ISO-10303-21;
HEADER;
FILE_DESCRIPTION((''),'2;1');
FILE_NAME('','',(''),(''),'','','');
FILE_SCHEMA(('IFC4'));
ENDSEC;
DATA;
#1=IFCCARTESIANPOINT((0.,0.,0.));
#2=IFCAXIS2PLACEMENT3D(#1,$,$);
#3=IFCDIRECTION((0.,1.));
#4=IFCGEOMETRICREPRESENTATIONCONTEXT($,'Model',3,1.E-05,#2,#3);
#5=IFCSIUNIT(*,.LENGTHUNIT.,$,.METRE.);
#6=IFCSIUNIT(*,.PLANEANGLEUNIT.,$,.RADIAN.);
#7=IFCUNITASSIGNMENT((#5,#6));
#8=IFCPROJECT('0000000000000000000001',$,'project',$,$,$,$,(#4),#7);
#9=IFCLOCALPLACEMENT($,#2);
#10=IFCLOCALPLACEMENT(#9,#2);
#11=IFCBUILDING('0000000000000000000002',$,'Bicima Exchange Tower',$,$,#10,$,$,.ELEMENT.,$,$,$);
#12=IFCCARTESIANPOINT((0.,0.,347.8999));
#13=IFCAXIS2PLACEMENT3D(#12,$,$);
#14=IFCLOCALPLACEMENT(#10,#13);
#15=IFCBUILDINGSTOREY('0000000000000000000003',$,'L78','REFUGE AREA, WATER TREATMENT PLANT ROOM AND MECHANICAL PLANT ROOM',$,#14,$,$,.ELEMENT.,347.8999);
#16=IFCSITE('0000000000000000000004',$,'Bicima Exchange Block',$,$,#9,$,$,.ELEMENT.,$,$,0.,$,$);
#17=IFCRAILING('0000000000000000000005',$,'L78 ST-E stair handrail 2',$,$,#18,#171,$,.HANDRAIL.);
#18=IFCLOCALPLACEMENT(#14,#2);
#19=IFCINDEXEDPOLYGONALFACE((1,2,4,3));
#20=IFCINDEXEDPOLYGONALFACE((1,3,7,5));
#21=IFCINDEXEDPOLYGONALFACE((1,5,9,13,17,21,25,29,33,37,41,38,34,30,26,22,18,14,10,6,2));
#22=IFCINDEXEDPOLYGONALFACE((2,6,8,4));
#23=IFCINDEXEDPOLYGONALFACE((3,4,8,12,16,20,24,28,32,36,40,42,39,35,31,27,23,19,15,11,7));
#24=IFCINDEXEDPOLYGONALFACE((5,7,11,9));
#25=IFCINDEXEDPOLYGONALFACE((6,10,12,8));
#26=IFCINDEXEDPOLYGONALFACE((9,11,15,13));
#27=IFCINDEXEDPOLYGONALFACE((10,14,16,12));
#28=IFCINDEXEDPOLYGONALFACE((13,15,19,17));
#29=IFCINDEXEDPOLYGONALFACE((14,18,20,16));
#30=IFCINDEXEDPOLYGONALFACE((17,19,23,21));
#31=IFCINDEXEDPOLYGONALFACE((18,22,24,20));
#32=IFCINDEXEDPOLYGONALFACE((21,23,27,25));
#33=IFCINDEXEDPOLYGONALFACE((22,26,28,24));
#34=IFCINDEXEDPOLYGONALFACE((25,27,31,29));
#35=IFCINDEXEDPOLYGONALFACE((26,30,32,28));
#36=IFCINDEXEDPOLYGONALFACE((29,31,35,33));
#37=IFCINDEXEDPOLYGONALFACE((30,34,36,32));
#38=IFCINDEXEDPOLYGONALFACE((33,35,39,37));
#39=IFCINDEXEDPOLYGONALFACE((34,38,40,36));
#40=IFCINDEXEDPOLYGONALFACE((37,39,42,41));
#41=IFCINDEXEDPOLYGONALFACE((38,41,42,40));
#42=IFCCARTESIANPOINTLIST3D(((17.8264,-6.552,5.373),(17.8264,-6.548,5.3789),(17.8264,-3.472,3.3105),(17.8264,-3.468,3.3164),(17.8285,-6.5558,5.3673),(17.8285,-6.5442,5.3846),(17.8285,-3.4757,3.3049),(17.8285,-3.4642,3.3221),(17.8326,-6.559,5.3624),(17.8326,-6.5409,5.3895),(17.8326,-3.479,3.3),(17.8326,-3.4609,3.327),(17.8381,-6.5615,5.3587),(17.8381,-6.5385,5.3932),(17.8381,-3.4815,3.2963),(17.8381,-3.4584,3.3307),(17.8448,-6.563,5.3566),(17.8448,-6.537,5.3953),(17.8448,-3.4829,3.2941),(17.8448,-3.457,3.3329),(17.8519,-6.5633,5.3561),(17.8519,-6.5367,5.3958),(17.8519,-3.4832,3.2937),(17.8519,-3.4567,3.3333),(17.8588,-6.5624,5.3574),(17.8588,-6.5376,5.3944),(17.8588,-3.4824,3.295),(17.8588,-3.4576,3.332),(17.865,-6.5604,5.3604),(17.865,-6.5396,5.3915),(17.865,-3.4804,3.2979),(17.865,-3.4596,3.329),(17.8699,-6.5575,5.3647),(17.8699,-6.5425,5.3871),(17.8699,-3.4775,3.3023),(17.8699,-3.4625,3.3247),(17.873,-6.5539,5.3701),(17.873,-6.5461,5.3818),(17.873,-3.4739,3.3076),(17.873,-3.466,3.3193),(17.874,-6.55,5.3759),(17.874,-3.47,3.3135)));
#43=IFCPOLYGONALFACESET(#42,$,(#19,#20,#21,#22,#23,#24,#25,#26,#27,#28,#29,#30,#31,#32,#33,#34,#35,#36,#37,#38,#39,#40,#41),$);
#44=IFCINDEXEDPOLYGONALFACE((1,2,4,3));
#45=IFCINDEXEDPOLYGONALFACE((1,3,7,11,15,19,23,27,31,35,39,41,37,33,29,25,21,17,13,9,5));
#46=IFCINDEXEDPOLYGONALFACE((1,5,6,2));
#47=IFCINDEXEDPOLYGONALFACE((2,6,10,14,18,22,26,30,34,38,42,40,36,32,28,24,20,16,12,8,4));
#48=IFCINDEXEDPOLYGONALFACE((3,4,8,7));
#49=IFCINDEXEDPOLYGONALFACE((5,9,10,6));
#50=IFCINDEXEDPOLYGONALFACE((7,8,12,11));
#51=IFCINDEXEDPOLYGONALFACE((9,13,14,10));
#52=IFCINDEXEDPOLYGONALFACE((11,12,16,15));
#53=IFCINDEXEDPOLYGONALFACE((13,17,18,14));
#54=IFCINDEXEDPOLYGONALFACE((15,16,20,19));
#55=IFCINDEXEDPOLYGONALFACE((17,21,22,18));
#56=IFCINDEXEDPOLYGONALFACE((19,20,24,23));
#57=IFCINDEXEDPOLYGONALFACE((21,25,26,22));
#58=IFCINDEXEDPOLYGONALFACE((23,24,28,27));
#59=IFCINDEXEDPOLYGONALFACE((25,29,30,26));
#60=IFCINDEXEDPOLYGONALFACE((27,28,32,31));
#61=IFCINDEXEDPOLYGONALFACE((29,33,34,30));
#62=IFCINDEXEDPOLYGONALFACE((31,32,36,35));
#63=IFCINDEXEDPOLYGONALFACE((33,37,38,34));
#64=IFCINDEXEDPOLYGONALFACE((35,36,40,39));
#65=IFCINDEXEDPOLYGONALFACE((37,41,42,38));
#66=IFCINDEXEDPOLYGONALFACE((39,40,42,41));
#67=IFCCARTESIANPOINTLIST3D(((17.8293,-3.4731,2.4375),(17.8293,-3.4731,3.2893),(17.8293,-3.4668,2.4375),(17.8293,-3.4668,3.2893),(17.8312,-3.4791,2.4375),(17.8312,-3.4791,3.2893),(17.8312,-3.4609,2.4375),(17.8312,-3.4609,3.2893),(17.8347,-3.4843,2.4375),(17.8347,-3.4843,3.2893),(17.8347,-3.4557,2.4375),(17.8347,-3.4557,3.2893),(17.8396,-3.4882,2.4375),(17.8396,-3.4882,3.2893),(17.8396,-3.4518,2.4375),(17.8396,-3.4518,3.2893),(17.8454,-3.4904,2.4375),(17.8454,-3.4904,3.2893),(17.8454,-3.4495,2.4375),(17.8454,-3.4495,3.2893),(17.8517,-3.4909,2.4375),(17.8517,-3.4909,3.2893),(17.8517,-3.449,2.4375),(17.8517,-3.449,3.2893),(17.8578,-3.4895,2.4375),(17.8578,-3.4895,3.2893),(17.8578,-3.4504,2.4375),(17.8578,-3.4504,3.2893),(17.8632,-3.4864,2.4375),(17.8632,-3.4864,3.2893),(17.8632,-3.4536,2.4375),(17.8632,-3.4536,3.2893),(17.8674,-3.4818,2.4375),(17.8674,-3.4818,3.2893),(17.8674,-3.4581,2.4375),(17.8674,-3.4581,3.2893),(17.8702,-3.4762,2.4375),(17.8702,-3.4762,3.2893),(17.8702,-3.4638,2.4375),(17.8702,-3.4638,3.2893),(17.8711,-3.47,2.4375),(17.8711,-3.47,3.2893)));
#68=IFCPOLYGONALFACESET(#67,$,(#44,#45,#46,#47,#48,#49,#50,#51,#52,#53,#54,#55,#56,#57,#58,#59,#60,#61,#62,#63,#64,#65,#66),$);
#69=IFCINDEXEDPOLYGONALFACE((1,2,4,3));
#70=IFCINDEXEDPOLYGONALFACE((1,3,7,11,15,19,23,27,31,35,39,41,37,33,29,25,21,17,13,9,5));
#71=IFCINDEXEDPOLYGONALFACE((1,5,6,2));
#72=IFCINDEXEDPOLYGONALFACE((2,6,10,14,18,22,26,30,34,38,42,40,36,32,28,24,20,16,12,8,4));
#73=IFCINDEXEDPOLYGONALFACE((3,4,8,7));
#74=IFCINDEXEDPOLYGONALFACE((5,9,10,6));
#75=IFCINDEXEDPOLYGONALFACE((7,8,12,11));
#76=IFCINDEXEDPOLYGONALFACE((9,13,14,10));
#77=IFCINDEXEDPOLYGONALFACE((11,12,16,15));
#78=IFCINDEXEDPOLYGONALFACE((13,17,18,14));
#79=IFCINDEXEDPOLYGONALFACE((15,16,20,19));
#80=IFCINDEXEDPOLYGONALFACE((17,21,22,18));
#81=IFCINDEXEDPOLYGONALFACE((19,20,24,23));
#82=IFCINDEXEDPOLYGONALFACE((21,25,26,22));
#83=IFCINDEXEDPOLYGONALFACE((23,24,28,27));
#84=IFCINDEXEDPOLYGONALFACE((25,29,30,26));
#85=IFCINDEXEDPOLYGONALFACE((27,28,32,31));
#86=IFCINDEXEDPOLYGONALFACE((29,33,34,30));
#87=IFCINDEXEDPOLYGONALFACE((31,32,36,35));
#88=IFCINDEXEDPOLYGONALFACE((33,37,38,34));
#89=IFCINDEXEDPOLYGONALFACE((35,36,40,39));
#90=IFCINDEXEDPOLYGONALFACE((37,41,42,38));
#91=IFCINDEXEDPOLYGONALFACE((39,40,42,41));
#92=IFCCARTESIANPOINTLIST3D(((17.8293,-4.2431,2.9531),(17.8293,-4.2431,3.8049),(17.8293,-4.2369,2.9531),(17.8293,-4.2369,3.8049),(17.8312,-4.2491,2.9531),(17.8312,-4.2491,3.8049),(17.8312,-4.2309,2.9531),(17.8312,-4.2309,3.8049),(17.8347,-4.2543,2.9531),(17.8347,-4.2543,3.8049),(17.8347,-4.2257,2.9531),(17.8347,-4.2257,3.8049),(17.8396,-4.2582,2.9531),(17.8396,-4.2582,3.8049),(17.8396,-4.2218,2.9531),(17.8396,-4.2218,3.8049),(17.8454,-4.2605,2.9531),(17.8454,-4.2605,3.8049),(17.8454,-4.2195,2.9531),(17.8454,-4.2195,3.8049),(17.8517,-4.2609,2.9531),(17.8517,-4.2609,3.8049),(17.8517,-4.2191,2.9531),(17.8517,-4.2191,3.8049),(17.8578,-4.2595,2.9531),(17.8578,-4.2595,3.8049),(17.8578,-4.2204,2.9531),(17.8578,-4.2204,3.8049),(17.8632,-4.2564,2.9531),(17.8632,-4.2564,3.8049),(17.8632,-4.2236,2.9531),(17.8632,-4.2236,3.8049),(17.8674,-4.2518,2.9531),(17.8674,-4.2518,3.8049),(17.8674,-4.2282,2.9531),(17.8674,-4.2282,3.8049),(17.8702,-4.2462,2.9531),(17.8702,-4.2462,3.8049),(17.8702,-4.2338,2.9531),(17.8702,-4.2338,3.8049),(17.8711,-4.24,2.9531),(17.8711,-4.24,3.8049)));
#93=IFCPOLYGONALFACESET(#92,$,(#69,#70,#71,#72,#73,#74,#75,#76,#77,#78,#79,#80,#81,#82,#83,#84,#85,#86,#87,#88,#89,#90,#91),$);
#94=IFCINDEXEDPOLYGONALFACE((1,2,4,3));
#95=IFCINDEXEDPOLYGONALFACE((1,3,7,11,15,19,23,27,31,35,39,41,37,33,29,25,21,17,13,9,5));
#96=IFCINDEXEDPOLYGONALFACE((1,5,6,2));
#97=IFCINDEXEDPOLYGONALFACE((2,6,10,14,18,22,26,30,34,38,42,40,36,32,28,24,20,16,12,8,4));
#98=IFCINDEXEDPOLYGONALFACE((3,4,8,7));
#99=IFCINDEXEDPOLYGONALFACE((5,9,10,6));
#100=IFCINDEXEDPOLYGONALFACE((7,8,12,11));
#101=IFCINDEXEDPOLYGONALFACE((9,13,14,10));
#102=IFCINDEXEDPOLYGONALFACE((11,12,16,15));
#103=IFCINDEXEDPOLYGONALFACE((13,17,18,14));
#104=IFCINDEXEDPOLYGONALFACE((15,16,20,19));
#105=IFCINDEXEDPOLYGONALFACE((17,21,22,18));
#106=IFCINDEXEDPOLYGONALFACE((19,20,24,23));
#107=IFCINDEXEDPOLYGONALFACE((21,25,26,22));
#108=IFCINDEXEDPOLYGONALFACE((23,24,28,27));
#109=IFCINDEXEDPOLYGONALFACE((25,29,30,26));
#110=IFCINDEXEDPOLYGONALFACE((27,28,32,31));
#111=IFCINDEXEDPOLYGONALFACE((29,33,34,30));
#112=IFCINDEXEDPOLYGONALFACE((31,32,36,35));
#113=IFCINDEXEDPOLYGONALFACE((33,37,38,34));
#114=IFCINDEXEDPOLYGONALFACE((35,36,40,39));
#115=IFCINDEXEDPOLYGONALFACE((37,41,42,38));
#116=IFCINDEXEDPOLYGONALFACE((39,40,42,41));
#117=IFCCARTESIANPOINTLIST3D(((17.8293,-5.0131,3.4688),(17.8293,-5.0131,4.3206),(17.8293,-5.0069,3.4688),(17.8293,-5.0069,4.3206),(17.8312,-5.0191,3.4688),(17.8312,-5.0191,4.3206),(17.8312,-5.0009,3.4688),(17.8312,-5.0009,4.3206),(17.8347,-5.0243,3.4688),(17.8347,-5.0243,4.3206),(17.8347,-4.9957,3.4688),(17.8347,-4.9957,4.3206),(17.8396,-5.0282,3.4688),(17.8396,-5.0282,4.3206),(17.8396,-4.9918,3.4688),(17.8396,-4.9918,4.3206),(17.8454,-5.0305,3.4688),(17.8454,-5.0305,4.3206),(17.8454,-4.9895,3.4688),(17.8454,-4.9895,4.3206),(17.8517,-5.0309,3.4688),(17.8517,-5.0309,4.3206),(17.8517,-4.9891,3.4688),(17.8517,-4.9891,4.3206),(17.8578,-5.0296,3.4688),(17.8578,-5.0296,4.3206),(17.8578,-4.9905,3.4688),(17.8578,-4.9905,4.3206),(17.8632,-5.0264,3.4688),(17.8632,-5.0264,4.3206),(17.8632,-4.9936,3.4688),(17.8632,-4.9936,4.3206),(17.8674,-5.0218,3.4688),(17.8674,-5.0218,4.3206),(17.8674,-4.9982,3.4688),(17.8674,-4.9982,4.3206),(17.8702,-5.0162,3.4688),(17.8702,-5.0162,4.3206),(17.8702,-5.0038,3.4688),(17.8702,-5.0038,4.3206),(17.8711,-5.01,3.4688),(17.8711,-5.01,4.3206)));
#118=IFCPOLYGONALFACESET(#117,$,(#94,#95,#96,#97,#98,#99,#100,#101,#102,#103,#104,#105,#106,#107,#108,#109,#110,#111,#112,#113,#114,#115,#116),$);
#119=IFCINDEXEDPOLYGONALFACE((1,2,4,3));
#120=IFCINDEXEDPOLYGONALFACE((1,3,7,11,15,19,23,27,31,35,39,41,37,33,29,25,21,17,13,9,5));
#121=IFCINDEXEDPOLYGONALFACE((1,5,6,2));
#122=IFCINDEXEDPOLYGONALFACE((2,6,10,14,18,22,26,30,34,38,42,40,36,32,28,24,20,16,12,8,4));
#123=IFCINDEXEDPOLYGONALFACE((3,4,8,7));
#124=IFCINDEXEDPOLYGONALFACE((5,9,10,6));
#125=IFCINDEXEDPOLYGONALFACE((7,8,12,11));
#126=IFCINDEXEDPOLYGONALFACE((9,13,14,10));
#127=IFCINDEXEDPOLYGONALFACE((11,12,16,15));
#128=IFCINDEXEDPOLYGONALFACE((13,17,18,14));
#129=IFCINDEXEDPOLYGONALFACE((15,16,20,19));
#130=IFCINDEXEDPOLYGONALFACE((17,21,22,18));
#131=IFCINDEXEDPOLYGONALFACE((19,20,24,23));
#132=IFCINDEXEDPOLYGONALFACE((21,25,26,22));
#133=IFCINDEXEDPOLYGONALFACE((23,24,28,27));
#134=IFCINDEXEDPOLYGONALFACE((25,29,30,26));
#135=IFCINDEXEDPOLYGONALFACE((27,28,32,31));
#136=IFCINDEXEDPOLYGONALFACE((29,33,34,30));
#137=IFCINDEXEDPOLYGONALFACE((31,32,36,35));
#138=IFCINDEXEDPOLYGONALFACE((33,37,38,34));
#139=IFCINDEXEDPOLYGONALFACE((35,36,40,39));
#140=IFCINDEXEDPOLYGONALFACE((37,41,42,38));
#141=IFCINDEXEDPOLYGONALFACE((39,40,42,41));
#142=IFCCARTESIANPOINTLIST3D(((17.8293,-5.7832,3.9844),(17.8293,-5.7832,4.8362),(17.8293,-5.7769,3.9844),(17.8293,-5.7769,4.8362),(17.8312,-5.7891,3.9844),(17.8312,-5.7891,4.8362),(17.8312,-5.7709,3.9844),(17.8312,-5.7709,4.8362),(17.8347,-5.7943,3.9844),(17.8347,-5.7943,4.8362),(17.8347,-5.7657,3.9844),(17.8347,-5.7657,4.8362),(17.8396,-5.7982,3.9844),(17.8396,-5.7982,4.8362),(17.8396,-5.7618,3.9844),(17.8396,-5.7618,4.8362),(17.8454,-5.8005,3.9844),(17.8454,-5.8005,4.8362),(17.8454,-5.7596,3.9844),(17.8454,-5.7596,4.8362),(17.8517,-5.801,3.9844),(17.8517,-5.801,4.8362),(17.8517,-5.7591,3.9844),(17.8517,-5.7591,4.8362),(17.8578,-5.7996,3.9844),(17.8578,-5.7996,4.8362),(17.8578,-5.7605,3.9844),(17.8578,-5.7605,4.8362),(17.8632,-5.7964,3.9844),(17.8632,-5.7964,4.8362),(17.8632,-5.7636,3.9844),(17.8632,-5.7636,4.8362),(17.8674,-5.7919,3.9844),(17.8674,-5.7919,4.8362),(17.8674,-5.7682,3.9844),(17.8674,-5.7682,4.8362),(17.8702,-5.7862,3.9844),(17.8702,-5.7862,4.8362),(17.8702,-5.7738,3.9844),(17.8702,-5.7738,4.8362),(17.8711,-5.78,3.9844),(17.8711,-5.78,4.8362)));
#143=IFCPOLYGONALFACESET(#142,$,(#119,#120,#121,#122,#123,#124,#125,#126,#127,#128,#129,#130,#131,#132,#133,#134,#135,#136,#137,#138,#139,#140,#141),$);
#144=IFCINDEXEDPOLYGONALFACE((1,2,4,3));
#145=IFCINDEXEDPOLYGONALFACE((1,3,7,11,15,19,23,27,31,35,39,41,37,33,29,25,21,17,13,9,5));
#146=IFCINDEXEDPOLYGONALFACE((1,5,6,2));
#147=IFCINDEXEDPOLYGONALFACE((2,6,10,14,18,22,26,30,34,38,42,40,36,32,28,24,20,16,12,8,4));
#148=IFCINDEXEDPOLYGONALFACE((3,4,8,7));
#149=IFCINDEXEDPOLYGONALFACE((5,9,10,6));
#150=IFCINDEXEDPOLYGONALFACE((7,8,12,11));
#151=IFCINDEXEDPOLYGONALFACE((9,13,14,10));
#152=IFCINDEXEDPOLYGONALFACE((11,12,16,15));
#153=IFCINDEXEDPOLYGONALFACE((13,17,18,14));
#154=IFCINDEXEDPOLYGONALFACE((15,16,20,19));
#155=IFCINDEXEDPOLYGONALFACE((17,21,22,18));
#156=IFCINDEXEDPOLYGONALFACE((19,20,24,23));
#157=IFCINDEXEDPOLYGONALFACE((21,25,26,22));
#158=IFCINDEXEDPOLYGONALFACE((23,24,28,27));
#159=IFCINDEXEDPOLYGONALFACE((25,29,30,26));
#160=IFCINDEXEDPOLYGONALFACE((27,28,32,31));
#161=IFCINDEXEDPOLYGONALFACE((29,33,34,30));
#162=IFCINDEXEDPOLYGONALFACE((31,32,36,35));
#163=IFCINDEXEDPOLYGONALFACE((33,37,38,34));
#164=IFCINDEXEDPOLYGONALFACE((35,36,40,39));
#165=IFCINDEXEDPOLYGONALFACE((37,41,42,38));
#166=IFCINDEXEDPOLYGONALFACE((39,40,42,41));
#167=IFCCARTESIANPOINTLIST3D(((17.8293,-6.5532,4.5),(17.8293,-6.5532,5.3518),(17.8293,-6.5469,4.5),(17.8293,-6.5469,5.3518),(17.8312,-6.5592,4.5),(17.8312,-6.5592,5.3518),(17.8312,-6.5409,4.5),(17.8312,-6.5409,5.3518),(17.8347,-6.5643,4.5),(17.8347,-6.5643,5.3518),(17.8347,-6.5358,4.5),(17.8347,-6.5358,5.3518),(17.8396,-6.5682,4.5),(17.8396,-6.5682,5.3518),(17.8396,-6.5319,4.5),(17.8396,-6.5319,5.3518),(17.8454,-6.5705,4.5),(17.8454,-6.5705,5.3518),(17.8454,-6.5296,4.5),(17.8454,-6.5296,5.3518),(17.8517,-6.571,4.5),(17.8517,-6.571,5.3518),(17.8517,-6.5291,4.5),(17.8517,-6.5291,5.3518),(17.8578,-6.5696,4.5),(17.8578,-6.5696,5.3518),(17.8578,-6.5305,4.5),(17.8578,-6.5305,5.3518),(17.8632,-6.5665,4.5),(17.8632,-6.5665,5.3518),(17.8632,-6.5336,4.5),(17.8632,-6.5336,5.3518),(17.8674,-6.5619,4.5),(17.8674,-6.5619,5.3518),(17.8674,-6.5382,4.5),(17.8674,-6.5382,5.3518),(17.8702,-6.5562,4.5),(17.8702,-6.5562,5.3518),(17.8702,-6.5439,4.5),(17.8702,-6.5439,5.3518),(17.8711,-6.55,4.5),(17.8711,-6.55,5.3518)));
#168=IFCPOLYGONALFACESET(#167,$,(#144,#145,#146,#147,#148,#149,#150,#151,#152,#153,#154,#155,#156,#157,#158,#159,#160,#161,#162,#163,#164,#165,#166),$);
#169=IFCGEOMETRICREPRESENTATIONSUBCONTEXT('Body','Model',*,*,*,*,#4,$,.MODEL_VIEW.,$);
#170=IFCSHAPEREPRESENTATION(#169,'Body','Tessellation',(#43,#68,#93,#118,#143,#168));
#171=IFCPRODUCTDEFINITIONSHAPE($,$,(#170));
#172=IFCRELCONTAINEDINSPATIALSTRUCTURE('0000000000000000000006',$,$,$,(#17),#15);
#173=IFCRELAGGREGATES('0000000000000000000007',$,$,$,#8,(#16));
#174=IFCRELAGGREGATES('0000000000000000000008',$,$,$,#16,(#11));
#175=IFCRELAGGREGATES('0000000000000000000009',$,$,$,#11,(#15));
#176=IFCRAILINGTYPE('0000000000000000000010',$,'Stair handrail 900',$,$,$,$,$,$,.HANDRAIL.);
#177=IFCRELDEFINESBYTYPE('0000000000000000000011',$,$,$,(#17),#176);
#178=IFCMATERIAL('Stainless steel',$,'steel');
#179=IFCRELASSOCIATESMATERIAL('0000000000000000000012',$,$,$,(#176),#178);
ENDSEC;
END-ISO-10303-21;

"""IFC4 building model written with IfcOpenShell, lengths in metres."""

from ifc_helpers import new_model, si_unit, direction, frame, origin, origin_2d, place, context, subcontext, project, spatial, circle, extrude, material, type_object, element, save


model = new_model("IFC4")

# Units and contexts
model_context = context("Model", 3, precision=1e-05, world=origin(), true_north=direction((0.0, 1.0)))
body_context = subcontext(model_context, "Body", "Model", "MODEL_VIEW")
ifc_project = project(units=[si_unit("LENGTHUNIT", "METRE"), si_unit("PLANEANGLEUNIT", "RADIAN")], contexts=[model_context])

# Site, building, storey
site_placement = place(None, origin())
site = spatial("IfcSite", under=ifc_project, at=site_placement, Name="Bicima Exchange Block", CompositionType="ELEMENT", RefElevation=0.0)
building_placement = place(site_placement, origin())
building = spatial("IfcBuilding", under=site, at=building_placement, Name="Bicima Exchange Tower", CompositionType="ELEMENT")
storey_placement = place(building_placement, frame((0.0, 0.0, 347.8999)))
storey = spatial("IfcBuildingStorey", under=building, at=storey_placement, Name="L78", Description="REFUGE AREA, WATER TREATMENT PLANT ROOM AND MECHANICAL PLANT ROOM", CompositionType="ELEMENT", Elevation=347.8999)

# Railing
ifc_material_1 = material(Name="Stainless steel", Category="steel")
railing_type_1 = type_object("IfcRailingType", Name="Stair handrail 900", PredefinedType="HANDRAIL", material=ifc_material_1)
railing_1_placement = place(storey_placement, frame((17.8501, -3.47, 2.4375)))
element("IfcRailing", 1, at=railing_1_placement, inside=storey, type_object=railing_type_1, Name="L78 ST-E stair handrail 2", PredefinedType="HANDRAIL", context=body_context, shape_type="SweptSolid", body=[
    extrude(circle(Radius=0.0239, at=origin_2d()), frame((0.0, 0.0, 0.876), z_axis=(0.0, -0.830914, 0.556401), x_axis=(1.0, 0.0, 0.0)), (0.0, 0.0, 1.0), 3.7068),
    extrude(circle(Radius=0.021, at=origin_2d()), origin(), (0.0, 0.0, 1.0), 0.8518),
    extrude(circle(Radius=0.021, at=origin_2d()), frame((0.0, -0.77, 0.5156)), (0.0, 0.0, 1.0), 0.8518),
    extrude(circle(Radius=0.021, at=origin_2d()), frame((0.0, -1.54, 1.0312)), (0.0, 0.0, 1.0), 0.8518),
    extrude(circle(Radius=0.021, at=origin_2d()), frame((0.0, -2.3101, 1.5469)), (0.0, 0.0, 1.0), 0.8518),
    extrude(circle(Radius=0.021, at=origin_2d()), frame((0.0, -3.0801, 2.0625)), (0.0, 0.0, 1.0), 0.8518),
])

save(model, "model.ifc")
